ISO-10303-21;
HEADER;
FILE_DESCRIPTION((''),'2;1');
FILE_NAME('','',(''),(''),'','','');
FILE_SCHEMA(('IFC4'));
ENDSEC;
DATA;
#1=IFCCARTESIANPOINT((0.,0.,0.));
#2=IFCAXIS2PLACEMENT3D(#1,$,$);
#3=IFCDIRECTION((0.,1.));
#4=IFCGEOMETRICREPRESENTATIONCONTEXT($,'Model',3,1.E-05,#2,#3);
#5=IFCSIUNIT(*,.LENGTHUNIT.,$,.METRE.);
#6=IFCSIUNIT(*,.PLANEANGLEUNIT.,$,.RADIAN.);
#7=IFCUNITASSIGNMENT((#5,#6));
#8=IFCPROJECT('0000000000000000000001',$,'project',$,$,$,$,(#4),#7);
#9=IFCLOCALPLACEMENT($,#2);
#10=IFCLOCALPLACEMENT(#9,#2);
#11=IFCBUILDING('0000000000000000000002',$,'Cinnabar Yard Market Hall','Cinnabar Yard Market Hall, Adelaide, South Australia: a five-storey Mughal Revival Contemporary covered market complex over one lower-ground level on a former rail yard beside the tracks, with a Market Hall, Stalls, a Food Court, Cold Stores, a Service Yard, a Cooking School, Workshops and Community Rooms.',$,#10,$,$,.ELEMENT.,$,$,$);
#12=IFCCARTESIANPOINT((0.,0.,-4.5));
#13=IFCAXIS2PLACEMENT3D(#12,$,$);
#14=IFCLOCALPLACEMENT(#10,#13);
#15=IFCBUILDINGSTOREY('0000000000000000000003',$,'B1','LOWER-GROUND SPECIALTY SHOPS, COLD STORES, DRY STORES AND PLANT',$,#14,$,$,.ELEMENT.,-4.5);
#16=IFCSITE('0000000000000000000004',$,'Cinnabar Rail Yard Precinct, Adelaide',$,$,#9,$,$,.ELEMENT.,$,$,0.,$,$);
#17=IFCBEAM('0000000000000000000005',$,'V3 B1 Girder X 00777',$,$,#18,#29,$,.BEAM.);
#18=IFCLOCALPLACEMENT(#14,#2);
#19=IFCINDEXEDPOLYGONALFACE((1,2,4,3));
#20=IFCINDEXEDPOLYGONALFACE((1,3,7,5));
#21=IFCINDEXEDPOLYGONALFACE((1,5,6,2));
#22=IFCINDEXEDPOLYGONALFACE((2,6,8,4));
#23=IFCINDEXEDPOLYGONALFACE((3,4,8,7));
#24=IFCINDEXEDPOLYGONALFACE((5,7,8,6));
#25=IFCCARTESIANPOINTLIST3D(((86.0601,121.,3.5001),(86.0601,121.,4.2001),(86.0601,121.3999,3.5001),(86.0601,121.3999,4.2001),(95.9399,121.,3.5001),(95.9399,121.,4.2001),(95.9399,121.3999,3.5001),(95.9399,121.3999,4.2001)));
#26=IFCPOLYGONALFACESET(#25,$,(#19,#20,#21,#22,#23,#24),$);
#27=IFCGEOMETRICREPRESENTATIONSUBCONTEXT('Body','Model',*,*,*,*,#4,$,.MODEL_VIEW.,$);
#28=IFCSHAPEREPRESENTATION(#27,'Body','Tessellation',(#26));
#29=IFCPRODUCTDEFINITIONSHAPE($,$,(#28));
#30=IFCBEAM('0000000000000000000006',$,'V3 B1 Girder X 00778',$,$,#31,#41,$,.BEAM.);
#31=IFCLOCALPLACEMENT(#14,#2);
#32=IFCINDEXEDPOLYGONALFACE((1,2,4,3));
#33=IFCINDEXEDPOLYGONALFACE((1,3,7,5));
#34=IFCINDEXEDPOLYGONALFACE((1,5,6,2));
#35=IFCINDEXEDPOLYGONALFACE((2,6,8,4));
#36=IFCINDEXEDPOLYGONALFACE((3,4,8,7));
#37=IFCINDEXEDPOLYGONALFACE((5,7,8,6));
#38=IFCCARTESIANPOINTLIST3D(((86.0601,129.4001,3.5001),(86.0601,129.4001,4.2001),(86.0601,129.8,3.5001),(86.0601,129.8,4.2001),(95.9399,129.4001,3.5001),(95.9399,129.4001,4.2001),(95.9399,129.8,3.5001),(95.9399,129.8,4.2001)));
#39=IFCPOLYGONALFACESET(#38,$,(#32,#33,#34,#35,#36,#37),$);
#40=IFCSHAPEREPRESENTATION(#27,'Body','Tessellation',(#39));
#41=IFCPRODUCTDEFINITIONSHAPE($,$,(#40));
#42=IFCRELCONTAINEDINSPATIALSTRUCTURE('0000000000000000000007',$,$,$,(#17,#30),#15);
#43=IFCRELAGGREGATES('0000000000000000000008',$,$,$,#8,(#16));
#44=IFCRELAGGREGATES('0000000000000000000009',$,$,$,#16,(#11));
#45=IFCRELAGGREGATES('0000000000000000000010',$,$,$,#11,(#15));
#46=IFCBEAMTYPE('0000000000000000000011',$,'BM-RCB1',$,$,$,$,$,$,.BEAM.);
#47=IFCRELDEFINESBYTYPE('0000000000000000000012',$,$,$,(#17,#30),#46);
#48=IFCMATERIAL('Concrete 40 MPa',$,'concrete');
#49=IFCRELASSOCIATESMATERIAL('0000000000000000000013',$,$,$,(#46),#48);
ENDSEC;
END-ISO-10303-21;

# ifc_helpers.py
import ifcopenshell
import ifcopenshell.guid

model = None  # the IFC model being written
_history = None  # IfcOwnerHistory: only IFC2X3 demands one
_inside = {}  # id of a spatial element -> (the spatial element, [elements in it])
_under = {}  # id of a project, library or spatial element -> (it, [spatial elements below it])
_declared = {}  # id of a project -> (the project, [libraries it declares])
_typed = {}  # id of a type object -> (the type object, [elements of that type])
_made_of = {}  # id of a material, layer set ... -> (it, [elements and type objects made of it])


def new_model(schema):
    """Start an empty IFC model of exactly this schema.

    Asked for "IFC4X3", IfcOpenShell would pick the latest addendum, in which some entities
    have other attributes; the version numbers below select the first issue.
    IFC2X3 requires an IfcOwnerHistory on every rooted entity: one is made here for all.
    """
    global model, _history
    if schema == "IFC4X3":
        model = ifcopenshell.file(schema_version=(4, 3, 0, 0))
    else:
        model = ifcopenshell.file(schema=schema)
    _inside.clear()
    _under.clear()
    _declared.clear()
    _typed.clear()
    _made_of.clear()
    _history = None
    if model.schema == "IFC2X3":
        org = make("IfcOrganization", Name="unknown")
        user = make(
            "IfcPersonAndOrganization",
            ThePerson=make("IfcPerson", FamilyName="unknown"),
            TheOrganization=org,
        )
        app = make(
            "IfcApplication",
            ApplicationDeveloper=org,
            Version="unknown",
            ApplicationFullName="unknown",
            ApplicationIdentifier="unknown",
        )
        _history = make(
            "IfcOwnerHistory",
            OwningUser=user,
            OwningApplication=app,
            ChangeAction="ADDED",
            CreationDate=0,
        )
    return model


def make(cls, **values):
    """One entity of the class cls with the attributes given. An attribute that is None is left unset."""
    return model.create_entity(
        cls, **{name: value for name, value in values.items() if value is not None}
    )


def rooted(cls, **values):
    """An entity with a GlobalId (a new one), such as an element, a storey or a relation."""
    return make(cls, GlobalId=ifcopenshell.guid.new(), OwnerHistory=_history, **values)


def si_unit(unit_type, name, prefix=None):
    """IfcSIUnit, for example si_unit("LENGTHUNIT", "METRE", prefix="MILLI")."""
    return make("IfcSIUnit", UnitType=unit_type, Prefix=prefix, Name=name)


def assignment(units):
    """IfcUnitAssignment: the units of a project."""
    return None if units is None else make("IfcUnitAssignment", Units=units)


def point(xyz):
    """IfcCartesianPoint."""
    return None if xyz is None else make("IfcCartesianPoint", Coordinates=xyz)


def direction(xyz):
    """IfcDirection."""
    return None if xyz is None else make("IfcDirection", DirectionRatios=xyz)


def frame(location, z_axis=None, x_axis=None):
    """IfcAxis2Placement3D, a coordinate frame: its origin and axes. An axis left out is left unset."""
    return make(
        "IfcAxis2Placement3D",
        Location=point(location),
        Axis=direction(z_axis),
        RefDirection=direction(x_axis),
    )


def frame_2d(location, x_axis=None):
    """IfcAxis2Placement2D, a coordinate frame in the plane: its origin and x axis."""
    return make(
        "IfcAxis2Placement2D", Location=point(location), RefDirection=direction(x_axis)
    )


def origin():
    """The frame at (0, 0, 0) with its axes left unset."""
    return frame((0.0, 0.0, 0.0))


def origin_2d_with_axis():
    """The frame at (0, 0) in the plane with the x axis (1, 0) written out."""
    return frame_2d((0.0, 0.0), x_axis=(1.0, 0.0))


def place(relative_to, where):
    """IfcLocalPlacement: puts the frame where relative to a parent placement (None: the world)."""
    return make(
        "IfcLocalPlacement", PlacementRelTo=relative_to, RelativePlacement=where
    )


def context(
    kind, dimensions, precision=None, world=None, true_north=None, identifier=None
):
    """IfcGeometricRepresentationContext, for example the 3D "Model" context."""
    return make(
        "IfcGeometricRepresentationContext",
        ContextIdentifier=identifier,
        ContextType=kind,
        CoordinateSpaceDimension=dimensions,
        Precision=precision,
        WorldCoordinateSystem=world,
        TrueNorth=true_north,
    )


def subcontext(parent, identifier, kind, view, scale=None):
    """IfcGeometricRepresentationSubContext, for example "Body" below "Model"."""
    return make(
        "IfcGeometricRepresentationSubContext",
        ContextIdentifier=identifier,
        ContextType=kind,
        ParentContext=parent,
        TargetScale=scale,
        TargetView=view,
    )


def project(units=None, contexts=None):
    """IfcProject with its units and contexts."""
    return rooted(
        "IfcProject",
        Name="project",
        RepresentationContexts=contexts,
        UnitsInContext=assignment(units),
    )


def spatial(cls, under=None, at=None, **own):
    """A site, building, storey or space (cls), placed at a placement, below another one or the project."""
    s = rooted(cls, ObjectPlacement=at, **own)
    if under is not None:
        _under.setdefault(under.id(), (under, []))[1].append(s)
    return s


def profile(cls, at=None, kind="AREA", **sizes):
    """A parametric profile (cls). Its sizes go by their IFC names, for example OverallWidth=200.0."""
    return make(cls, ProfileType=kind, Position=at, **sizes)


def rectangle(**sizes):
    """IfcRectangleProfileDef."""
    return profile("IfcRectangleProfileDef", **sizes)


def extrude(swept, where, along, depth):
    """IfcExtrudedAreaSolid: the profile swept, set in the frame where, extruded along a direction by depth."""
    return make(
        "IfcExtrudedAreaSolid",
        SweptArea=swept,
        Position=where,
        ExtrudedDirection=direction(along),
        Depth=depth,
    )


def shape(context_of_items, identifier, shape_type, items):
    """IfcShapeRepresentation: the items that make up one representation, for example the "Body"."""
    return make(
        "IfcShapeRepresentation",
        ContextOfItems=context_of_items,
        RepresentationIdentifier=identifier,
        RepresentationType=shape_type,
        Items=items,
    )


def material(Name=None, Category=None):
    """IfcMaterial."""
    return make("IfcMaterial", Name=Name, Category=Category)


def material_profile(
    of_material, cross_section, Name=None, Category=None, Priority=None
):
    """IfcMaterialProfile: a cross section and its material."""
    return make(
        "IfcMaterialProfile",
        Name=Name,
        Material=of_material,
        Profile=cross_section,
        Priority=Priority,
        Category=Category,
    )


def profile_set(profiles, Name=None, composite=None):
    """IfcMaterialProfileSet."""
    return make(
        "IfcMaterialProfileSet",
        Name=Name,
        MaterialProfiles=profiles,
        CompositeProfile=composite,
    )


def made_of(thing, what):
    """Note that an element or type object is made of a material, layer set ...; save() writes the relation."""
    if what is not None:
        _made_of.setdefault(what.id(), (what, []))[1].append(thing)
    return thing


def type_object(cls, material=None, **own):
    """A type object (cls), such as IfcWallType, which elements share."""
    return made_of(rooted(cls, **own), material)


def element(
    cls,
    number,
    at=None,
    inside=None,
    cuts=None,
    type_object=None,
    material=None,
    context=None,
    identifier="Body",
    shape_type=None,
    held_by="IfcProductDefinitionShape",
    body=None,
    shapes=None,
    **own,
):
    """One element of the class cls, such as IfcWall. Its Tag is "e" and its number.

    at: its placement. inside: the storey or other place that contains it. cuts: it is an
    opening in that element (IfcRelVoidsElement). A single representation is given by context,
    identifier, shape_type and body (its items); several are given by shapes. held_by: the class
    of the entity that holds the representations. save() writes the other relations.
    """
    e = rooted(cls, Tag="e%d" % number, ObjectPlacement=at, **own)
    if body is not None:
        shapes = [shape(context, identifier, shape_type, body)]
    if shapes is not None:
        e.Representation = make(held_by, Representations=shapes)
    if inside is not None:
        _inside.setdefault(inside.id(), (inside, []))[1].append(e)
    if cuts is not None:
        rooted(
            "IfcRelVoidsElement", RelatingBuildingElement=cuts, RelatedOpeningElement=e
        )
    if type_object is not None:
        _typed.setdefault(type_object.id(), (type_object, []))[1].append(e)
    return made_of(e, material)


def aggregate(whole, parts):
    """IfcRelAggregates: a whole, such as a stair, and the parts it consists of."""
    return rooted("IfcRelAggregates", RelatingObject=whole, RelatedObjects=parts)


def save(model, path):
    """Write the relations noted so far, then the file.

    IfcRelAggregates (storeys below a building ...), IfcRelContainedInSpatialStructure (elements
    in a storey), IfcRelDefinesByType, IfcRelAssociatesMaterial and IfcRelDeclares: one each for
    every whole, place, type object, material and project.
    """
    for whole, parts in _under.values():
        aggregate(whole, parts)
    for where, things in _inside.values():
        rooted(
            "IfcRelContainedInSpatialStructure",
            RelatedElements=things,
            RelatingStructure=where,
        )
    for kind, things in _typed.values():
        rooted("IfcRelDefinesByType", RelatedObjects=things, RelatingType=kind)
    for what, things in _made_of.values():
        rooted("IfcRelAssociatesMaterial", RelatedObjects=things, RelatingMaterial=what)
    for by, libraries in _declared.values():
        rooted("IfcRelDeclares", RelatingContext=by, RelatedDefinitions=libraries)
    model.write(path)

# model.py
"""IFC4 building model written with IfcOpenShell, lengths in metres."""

from ifc_helpers import new_model, si_unit, direction, frame, origin, origin_2d_with_axis, place, context, subcontext, project, spatial, rectangle, extrude, material, material_profile, profile_set, type_object, element, save


model = new_model("IFC4")

# Units and contexts
model_context = context("Model", 3, precision=1e-05, world=origin(), true_north=direction((0.0, 1.0)))
body_context = subcontext(model_context, "Body", "Model", "MODEL_VIEW")
ifc_project = project(units=[si_unit("LENGTHUNIT", "METRE"), si_unit("PLANEANGLEUNIT", "RADIAN")], contexts=[model_context])

# Site, building, storey
site_placement = place(None, origin())
site = spatial("IfcSite", under=ifc_project, at=site_placement, Name="Cinnabar Rail Yard Precinct, Adelaide", CompositionType="ELEMENT", RefElevation=0.0)
building_placement = place(site_placement, origin())
building = spatial("IfcBuilding", under=site, at=building_placement, Name="Cinnabar Yard Market Hall", Description="Cinnabar Yard Market Hall, Adelaide, South Australia: a five-storey Mughal Revival Contemporary covered market complex over one lower-ground level on a former rail yard beside the tracks, with a Market Hall, Stalls, a Food Court, Cold Stores, a Service Yard, a Cooking School, Workshops and Community Rooms.", CompositionType="ELEMENT")
storey_placement = place(building_placement, frame((0.0, 0.0, -4.5)))
storey = spatial("IfcBuildingStorey", under=building, at=storey_placement, Name="B1", Description="LOWER-GROUND SPECIALTY SHOPS, COLD STORES, DRY STORES AND PLANT", CompositionType="ELEMENT", Elevation=-4.5)

# Shared definitions
ifc_material_1 = material(Name="Concrete 40 MPa", Category="concrete")

# Beams
ifc_material_profile_1 = material_profile(ifc_material_1, rectangle(XDim=0.3999, YDim=0.7, at=origin_2d_with_axis()), Name="RCB-400x700")
ifc_profile_set_1 = profile_set([ifc_material_profile_1], Name="Concrete 40 MPa")
beam_type_1 = type_object("IfcBeamType", Name="BM-RCB1", PredefinedType="BEAM", material=ifc_profile_set_1)
for number, where, z_axis, x_axis, name in (
    (1, (86.0601, 121.2, 3.8501), (1.0, 0.0, 0.0), (0.0, 1.0, 0.0), "V3 B1 Girder X 00777"),
    (2, (86.0601, 129.6001, 3.8501), (1.0, 0.0, 0.0), (0.0, 1.0, 0.0), "V3 B1 Girder X 00778"),
):
    element("IfcBeam", number, at=place(storey_placement, frame(where, z_axis=z_axis, x_axis=x_axis)), inside=storey, type_object=beam_type_1, Name=name, PredefinedType="BEAM", context=body_context, shape_type="SweptSolid", body=[
        extrude(rectangle(XDim=0.3999, YDim=0.7, at=origin_2d_with_axis()), origin(), (0.0, 0.0, 1.0), 9.8799),
    ])

save(model, "model.ifc")
